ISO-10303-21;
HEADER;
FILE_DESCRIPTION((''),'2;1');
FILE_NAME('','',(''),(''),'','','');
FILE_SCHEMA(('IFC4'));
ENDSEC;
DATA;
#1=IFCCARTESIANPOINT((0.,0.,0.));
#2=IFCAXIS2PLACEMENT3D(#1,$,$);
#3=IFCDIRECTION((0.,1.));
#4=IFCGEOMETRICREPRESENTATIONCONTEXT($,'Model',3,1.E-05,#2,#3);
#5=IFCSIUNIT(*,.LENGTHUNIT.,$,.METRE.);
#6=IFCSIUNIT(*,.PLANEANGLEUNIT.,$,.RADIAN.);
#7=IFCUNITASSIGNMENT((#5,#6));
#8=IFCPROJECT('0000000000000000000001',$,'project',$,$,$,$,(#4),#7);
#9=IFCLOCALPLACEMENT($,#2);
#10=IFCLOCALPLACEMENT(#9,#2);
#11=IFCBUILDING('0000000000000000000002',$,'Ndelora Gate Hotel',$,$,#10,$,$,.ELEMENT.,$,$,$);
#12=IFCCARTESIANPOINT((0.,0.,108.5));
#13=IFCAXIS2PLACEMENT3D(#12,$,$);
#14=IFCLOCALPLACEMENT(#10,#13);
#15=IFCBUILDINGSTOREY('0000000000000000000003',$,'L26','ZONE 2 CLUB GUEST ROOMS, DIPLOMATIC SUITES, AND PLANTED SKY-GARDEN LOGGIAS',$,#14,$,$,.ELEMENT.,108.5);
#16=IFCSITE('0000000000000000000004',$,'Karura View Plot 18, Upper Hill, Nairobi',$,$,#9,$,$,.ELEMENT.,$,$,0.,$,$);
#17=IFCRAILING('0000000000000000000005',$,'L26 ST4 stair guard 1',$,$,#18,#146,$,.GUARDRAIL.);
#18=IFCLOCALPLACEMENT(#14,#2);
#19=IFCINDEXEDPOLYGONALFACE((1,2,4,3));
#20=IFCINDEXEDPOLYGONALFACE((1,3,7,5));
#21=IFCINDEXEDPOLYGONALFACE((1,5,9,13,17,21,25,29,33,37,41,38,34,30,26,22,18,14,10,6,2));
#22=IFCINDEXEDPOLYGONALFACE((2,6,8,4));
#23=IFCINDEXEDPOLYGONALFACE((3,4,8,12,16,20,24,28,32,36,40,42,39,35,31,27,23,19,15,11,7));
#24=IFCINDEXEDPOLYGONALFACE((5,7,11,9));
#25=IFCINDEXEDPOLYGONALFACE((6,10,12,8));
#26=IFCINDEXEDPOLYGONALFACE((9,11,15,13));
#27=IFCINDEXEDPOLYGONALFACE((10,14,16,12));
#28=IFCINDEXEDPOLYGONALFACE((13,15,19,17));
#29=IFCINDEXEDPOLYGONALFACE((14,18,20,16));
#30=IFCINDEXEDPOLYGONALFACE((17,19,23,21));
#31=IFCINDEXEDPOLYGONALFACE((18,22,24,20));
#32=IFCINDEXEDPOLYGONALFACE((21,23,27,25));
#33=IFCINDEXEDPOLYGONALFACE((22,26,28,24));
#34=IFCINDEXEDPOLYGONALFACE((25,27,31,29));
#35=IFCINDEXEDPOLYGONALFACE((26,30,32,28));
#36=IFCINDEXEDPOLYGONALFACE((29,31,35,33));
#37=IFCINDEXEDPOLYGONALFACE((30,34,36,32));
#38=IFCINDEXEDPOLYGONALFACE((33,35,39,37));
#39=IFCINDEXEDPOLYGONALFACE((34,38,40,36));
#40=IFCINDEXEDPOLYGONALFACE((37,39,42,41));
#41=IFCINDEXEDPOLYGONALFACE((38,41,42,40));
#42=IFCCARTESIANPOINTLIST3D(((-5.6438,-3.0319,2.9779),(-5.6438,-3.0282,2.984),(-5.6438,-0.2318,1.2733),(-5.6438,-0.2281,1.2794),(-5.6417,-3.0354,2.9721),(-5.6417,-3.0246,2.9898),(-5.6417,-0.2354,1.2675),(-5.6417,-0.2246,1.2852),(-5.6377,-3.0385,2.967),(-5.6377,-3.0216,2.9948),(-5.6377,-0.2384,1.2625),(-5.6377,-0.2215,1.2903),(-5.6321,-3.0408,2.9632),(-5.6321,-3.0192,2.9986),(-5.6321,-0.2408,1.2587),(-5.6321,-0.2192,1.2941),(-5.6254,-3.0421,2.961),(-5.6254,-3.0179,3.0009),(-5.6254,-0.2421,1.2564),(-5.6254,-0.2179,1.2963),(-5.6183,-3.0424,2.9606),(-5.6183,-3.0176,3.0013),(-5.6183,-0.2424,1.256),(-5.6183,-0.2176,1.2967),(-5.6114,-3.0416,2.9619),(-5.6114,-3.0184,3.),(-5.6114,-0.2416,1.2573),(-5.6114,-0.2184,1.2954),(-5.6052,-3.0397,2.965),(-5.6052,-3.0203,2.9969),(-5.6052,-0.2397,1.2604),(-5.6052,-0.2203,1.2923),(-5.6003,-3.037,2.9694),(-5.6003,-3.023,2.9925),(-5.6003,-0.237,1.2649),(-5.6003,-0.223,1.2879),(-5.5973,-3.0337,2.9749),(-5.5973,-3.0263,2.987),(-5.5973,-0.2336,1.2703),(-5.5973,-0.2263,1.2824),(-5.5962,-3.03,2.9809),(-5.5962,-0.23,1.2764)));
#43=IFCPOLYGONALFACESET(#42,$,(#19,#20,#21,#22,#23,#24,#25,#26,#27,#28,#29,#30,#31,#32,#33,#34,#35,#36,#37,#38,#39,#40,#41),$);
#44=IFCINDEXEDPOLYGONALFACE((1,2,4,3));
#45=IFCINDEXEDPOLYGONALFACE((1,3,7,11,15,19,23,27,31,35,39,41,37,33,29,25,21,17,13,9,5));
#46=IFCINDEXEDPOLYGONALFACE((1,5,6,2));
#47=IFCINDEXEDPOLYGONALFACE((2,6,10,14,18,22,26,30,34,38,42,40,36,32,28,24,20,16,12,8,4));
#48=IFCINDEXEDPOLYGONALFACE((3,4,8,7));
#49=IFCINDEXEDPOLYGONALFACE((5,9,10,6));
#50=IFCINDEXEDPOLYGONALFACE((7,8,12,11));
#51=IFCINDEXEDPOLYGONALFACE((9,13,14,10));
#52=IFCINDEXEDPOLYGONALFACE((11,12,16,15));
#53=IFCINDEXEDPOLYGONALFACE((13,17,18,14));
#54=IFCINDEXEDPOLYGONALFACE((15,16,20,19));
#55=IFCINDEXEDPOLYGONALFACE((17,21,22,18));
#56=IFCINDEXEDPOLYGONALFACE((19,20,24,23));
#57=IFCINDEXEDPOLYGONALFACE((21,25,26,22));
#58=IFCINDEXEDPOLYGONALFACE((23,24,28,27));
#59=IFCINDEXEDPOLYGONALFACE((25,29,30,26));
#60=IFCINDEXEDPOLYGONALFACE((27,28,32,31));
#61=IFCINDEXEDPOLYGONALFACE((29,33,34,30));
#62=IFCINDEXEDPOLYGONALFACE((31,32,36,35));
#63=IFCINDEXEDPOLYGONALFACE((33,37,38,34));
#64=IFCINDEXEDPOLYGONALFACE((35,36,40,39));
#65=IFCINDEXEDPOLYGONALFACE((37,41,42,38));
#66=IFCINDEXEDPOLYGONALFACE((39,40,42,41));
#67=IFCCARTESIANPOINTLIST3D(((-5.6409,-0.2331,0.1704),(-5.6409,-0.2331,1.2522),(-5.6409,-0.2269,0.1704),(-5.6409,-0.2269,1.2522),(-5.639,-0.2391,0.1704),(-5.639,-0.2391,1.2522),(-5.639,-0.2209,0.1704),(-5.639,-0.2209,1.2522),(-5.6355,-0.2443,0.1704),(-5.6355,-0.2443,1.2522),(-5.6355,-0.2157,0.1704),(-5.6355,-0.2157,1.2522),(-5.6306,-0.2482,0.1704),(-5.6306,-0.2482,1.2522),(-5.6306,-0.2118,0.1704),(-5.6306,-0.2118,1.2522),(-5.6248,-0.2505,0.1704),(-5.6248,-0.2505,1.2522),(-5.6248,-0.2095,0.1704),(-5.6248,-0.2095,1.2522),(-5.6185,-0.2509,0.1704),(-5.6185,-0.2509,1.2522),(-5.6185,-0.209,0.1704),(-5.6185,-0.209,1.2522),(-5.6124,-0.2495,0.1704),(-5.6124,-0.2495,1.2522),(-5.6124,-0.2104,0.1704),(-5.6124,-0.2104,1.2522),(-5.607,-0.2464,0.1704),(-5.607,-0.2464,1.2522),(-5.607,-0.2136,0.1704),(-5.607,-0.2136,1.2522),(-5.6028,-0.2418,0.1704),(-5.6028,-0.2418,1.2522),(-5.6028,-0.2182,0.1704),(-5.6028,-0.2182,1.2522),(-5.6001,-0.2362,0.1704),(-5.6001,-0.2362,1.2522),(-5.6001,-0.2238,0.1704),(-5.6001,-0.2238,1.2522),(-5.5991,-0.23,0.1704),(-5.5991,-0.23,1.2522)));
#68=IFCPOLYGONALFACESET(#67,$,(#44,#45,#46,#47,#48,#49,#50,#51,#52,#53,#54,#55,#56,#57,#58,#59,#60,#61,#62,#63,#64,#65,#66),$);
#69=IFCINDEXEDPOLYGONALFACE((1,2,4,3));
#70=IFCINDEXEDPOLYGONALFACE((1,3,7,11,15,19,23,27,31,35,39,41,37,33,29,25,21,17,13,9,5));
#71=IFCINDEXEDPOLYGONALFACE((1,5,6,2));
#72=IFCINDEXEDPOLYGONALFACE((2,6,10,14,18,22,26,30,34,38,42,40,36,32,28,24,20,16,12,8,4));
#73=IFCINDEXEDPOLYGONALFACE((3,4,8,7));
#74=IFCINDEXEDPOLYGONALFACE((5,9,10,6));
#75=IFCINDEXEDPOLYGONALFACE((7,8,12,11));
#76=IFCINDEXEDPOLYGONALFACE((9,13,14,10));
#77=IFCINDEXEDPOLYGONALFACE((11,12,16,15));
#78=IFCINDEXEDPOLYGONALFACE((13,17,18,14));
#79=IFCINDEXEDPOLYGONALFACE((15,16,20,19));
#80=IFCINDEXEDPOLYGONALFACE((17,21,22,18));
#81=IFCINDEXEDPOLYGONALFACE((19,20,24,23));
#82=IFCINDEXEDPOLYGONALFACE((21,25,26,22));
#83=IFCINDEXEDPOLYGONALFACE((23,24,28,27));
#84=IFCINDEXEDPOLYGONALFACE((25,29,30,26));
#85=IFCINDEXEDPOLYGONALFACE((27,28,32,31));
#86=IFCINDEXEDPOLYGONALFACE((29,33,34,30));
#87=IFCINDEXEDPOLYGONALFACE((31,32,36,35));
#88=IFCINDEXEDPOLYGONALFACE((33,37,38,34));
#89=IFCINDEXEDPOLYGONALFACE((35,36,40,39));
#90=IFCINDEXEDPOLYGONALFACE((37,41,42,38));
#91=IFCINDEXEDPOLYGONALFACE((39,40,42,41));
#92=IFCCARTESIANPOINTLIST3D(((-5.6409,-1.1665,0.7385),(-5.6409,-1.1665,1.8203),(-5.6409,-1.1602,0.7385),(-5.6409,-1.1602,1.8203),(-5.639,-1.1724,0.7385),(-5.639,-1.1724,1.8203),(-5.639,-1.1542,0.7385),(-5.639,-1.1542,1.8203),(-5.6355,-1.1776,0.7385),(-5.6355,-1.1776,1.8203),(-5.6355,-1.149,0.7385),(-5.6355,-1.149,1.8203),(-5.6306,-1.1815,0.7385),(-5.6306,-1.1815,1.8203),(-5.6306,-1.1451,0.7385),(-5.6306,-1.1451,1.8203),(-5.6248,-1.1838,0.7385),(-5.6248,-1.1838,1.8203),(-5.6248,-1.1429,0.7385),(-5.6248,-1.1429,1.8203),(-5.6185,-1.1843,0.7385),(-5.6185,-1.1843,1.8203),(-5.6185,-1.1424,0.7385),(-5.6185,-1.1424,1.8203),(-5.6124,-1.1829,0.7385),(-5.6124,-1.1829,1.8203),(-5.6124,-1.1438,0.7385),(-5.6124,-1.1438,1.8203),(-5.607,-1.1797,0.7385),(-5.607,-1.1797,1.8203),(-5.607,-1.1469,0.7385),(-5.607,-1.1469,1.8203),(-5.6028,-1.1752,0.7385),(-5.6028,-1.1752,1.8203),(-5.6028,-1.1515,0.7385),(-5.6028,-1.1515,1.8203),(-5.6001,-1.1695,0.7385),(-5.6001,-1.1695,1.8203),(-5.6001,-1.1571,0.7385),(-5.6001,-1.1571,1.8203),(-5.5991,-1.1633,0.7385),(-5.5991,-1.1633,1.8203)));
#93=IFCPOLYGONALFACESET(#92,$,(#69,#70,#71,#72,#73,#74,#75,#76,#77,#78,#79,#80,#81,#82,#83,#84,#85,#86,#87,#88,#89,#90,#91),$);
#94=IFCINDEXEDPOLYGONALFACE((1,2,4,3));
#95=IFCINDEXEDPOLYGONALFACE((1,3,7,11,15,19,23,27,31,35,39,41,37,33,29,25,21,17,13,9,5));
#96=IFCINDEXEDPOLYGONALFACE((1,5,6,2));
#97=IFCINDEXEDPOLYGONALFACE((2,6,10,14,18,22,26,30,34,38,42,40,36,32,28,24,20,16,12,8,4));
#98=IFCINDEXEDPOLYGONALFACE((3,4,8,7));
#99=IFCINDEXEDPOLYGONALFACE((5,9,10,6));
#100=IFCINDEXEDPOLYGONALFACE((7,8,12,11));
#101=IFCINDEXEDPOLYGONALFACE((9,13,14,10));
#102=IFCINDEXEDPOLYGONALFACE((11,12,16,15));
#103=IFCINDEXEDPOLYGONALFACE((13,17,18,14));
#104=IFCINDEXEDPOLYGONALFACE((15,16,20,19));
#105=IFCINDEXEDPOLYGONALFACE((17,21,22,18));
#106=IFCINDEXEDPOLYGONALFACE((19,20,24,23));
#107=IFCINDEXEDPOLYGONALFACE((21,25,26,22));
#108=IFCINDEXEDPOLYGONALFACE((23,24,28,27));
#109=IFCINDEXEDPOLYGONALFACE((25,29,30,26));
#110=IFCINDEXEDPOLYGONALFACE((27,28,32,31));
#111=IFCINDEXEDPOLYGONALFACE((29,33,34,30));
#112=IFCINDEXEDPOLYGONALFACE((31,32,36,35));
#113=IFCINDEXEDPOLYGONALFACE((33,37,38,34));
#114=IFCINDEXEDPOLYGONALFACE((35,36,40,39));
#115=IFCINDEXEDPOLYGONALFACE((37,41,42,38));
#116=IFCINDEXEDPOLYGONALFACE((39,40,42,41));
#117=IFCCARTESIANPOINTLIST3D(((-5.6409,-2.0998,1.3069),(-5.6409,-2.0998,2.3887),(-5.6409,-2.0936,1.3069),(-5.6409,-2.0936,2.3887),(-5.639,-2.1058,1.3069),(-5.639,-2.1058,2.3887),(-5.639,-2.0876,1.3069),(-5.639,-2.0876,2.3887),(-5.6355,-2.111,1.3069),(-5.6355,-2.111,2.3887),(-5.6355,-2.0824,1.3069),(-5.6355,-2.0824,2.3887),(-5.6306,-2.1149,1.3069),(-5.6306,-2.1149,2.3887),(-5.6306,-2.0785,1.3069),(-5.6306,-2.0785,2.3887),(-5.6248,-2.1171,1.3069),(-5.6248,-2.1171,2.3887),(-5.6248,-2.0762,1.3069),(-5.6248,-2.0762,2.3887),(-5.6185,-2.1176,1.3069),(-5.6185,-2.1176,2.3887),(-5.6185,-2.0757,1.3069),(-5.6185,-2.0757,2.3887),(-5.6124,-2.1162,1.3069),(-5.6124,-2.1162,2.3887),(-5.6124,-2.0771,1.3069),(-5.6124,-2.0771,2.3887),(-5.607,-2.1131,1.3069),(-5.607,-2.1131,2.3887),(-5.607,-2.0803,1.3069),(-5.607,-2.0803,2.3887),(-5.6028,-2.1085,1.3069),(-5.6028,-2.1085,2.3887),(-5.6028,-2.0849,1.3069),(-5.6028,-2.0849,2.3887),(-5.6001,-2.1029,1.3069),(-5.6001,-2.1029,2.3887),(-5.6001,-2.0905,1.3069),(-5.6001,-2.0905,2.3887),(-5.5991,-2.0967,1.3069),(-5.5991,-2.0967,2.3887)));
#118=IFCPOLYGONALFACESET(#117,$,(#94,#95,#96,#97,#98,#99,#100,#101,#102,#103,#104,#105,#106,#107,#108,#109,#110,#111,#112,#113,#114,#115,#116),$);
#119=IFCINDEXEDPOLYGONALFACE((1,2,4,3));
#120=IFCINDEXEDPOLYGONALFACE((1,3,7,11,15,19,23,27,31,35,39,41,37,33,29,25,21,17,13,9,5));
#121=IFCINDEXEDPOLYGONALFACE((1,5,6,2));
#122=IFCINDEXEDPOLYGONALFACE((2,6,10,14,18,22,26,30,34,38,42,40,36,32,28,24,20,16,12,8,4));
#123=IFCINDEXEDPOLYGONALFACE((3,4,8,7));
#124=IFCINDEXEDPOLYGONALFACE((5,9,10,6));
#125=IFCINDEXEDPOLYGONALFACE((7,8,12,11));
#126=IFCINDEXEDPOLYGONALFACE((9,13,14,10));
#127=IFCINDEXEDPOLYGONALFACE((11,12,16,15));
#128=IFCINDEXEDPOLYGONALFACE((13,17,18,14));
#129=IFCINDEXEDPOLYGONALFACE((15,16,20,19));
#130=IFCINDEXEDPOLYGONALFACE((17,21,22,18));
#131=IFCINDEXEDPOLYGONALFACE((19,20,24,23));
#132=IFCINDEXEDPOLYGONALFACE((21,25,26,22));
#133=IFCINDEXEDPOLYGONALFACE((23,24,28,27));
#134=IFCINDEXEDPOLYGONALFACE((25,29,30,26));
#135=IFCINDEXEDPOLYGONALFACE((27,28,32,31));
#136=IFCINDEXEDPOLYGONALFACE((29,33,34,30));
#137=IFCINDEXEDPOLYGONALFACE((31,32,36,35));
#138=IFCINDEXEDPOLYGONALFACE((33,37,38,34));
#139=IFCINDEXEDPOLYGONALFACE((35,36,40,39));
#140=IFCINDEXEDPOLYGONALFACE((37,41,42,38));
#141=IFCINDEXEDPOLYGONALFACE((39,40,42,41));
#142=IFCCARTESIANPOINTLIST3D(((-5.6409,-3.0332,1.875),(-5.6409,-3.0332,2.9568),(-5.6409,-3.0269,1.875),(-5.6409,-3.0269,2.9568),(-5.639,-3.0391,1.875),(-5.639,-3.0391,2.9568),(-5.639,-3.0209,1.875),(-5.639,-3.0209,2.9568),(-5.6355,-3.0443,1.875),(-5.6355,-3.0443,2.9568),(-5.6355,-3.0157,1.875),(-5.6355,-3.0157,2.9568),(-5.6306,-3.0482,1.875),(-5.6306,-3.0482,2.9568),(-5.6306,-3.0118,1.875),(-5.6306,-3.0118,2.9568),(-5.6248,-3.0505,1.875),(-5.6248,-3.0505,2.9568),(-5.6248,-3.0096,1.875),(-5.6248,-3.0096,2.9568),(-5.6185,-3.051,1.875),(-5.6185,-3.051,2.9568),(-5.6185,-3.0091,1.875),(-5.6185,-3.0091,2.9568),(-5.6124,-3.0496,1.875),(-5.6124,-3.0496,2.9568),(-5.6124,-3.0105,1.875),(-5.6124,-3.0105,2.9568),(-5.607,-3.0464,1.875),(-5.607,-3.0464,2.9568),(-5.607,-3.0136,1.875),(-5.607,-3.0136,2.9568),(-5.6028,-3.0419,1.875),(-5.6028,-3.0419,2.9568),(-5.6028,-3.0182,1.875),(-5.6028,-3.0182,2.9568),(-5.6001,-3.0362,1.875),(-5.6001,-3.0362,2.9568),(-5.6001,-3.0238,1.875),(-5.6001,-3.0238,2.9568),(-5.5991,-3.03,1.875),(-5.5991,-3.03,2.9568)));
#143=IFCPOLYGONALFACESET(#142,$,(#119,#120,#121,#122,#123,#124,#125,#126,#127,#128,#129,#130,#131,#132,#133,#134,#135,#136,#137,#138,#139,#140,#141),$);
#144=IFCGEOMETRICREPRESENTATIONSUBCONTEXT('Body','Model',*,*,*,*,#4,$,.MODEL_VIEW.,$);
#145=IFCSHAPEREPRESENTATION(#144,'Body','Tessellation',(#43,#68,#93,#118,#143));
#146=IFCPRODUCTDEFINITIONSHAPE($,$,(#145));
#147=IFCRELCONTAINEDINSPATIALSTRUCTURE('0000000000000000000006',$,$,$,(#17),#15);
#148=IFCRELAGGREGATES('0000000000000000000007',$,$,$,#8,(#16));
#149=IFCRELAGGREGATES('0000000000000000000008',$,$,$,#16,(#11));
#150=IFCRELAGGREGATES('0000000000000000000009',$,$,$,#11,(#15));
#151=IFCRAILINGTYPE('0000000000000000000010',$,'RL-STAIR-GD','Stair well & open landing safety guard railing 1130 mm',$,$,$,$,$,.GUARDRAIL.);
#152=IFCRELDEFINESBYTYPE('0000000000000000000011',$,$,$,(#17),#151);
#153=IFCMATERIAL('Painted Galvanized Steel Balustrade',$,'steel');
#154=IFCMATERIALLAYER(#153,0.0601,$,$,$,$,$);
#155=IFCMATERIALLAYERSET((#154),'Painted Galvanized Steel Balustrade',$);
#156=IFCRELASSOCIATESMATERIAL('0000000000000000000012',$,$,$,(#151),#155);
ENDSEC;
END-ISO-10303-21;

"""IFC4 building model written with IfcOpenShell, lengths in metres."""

from ifc_helpers import new_model, si_unit, direction, frame, origin, origin_2d, place, context, subcontext, project, spatial, circle, extrude, material, layer, layer_set, type_object, element, save


model = new_model("IFC4")

# Units and contexts
model_context = context("Model", 3, precision=1e-05, world=origin(), true_north=direction((0.0, 1.0)))
body_context = subcontext(model_context, "Body", "Model", "MODEL_VIEW")
ifc_project = project(units=[si_unit("LENGTHUNIT", "METRE"), si_unit("PLANEANGLEUNIT", "RADIAN")], contexts=[model_context])

# Site, building, storey
site_placement = place(None, origin())
site = spatial("IfcSite", under=ifc_project, at=site_placement, Name="Karura View Plot 18, Upper Hill, Nairobi", CompositionType="ELEMENT", RefElevation=0.0)
building_placement = place(site_placement, origin())
building = spatial("IfcBuilding", under=site, at=building_placement, Name="Ndelora Gate Hotel", CompositionType="ELEMENT")
storey_placement = place(building_placement, frame((0.0, 0.0, 108.5)))
storey = spatial("IfcBuildingStorey", under=building, at=storey_placement, Name="L26", Description="ZONE 2 CLUB GUEST ROOMS, DIPLOMATIC SUITES, AND PLANTED SKY-GARDEN LOGGIAS", CompositionType="ELEMENT", Elevation=108.5)

# Railing
ifc_material_1 = material(Name="Painted Galvanized Steel Balustrade", Category="steel")
ifc_layer_1 = layer(ifc_material_1, 0.0601)
ifc_layer_set_1 = layer_set([ifc_layer_1], Name="Painted Galvanized Steel Balustrade")
railing_type_1 = type_object("IfcRailingType", Name="RL-STAIR-GD", Description="Stair well & open landing safety guard railing 1130 mm", PredefinedType="GUARDRAIL", material=ifc_layer_set_1)
railing_1_placement = place(storey_placement, frame((-5.6201, -0.23, 0.1704)))
element("IfcRailing", 1, at=railing_1_placement, inside=storey, type_object=railing_type_1, Name="L26 ST4 stair guard 1", PredefinedType="GUARDRAIL", context=body_context, shape_type="SweptSolid", body=[
    extrude(circle(Radius=0.0239, at=origin_2d()), frame((0.0, 0.0, 1.106), z_axis=(0.0, -0.85417, 0.519994), x_axis=(1.0, 0.0, 0.0)), (0.0, 0.0, 1.0), 3.2781),
    extrude(circle(Radius=0.021, at=origin_2d()), origin(), (0.0, 0.0, 1.0), 1.0818),
    extrude(circle(Radius=0.021, at=origin_2d()), frame((0.0, -0.9333, 0.5681)), (0.0, 0.0, 1.0), 1.0818),
    extrude(circle(Radius=0.021, at=origin_2d()), frame((0.0, -1.8667, 1.1365)), (0.0, 0.0, 1.0), 1.0818),
    extrude(circle(Radius=0.021, at=origin_2d()), frame((0.0, -2.8, 1.7046)), (0.0, 0.0, 1.0), 1.0818),
])

save(model, "model.ifc")
